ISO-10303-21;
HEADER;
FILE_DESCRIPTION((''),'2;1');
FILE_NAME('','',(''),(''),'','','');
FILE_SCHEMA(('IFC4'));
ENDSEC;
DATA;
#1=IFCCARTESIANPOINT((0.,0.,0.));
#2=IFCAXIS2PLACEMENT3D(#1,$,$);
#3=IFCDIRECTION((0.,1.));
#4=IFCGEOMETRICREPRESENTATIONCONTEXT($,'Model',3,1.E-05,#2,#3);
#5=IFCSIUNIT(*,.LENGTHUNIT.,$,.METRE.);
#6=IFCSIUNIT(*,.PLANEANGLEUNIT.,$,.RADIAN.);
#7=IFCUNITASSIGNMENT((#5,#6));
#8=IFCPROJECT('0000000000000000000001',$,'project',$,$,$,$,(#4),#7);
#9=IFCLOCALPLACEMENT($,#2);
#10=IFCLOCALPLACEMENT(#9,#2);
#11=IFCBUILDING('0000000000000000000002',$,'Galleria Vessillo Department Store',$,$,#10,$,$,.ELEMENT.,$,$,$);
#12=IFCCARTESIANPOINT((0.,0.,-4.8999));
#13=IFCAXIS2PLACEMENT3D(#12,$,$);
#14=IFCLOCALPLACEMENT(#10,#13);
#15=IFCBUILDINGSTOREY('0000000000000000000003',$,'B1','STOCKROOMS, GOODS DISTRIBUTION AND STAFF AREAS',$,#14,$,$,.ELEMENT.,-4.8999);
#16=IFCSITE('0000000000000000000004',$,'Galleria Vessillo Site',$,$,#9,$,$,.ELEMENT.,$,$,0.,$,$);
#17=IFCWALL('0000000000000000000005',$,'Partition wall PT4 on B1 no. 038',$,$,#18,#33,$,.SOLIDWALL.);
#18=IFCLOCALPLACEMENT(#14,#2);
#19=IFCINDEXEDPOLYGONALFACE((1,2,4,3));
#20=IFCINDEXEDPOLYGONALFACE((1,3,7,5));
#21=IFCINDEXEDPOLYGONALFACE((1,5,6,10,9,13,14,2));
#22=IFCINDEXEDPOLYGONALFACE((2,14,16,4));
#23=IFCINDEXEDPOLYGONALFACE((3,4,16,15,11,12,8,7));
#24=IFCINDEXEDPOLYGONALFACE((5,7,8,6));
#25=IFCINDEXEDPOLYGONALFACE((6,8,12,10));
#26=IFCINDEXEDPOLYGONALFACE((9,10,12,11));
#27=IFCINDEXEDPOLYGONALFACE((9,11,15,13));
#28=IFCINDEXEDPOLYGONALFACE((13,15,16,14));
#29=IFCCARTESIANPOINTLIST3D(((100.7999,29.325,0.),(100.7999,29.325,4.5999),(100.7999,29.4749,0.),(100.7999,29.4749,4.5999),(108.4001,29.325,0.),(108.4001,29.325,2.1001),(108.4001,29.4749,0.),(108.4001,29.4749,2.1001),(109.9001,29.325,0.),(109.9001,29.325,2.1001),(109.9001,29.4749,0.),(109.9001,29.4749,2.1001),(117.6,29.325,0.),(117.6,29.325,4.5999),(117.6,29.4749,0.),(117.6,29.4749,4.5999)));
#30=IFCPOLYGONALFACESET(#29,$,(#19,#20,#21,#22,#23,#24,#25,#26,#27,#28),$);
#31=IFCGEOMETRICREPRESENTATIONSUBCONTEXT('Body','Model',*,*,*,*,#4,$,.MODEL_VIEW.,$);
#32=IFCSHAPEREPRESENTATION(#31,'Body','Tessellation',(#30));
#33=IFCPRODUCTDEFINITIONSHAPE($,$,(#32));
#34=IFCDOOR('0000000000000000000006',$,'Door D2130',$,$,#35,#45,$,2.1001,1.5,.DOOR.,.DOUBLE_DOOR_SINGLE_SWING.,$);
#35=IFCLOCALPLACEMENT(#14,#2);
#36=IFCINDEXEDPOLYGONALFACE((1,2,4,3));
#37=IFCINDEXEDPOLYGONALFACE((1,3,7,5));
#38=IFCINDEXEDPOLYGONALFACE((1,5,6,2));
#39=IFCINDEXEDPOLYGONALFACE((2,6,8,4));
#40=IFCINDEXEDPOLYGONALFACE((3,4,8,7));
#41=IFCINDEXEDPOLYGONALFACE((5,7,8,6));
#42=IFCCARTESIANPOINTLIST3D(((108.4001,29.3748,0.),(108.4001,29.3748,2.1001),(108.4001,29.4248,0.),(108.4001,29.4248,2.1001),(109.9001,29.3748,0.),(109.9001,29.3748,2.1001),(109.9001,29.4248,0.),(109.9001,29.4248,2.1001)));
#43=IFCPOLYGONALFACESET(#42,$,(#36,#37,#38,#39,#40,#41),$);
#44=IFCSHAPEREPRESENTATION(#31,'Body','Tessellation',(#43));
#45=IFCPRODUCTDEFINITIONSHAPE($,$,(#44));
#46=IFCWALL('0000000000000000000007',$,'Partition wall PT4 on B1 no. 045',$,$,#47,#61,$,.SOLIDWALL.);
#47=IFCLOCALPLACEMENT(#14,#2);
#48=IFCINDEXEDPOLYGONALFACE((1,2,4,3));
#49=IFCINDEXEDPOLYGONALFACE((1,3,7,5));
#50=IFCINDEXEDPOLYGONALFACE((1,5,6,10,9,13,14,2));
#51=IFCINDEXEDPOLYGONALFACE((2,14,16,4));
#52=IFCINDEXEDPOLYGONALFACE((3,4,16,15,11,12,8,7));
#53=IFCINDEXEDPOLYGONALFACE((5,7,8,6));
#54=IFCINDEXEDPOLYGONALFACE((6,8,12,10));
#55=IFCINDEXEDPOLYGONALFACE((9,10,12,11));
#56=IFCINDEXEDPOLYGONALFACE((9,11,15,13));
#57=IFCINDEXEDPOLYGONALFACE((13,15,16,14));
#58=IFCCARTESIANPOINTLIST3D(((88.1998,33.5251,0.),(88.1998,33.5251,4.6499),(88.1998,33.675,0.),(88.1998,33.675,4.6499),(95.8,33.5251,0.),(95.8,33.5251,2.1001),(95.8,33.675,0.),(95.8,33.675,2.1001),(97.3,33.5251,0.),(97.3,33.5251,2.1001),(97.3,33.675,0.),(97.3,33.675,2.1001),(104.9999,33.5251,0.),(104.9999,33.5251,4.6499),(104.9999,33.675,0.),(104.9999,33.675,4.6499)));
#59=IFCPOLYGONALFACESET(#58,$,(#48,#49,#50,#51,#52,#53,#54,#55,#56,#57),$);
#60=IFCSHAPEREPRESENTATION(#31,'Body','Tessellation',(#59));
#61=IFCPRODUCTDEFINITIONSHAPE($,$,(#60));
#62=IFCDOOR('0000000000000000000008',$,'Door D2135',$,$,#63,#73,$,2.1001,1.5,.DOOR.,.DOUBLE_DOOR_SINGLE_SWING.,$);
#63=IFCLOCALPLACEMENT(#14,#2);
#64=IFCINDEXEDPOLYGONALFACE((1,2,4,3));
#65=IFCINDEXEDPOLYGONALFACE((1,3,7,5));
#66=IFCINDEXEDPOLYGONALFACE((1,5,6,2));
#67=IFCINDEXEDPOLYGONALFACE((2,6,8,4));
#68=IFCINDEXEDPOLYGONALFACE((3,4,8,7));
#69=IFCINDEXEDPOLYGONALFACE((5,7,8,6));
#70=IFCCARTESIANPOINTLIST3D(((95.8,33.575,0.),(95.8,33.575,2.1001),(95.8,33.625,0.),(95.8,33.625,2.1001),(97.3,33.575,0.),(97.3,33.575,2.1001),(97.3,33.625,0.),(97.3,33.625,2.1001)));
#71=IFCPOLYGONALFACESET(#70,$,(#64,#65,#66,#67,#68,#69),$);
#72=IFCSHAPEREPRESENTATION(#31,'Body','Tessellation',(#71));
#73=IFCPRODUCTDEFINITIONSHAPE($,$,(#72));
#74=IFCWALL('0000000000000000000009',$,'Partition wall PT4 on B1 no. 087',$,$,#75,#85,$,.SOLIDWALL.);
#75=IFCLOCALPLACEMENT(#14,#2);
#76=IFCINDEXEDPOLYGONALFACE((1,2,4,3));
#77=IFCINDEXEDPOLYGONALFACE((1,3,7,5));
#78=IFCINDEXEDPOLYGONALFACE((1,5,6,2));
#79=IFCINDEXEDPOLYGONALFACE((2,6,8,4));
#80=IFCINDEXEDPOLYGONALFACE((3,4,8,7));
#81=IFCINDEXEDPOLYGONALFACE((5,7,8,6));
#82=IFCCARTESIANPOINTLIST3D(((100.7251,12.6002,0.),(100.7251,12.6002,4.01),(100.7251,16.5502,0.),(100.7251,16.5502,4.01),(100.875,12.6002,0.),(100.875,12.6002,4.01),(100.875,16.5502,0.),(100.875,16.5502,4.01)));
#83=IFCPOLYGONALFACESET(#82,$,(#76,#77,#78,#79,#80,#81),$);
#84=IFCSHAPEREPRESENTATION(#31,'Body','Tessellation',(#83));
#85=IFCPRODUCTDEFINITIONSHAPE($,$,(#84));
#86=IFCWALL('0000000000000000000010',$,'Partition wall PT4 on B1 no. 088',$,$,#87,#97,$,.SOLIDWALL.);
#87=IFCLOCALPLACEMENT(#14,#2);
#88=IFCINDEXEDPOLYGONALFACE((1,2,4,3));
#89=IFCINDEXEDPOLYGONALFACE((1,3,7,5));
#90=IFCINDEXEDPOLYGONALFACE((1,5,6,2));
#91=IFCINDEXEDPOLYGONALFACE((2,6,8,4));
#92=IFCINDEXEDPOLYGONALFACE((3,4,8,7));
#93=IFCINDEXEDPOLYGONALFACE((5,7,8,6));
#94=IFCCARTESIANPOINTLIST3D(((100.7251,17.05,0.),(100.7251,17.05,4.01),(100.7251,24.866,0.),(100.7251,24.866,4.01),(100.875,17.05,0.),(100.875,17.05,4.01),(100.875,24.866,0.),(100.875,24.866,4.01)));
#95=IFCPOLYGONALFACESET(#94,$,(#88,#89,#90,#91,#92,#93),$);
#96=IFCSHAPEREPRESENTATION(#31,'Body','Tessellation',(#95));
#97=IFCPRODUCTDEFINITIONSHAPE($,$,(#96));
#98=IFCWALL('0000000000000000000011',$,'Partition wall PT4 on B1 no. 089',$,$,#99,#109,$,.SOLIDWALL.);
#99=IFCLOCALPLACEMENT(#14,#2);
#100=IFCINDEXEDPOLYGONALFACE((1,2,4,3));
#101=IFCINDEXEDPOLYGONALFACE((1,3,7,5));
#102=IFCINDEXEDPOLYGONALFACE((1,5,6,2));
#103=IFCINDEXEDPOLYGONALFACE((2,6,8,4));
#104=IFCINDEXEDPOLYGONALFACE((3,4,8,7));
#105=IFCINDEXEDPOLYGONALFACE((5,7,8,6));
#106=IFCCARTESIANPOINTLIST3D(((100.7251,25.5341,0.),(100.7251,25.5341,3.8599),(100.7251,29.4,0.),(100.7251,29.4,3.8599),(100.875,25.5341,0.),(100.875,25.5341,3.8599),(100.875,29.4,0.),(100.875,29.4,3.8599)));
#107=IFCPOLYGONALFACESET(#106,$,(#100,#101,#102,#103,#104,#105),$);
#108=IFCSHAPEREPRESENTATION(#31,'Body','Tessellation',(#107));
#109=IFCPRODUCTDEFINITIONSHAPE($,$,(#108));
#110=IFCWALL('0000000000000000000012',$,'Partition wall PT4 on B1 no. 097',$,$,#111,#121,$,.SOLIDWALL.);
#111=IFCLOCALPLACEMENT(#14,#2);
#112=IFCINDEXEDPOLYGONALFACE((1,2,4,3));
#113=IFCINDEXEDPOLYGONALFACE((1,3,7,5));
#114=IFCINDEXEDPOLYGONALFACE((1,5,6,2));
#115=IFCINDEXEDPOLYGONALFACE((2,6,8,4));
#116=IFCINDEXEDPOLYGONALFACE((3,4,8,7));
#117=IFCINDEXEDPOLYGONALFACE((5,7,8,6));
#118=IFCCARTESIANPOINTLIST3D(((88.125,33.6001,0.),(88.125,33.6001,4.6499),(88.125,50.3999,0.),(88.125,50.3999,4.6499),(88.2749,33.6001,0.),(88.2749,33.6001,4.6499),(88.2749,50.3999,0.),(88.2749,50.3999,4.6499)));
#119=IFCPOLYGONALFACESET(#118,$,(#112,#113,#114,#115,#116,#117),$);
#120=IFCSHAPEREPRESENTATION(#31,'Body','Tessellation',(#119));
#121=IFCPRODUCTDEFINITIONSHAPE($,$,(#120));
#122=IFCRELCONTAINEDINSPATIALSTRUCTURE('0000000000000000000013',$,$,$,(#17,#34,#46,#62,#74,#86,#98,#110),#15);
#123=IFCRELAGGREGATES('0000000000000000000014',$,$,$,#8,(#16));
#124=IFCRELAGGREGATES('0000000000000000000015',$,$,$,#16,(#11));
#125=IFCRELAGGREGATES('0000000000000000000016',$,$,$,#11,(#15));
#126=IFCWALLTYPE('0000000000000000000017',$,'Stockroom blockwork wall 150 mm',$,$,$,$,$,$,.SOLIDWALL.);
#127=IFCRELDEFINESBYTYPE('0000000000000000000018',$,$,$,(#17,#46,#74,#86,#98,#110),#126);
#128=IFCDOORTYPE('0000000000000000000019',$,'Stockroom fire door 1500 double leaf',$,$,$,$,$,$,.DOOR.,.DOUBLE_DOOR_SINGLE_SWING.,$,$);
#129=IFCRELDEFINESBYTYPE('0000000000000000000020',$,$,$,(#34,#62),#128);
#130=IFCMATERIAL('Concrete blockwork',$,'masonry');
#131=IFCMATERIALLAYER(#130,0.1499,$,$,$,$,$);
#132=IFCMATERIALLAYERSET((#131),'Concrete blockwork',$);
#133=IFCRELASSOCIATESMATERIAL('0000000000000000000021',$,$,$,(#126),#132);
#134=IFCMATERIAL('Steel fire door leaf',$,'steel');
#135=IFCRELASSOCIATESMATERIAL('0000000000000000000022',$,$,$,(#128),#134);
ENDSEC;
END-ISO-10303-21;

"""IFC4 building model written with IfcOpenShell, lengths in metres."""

from ifc_helpers import new_model, si_unit, direction, frame, frame_2d, origin, place, context, subcontext, project, spatial, rectangle, extrude, material, layer, layer_set, type_object, element, fill, save


model = new_model("IFC4")

# Units and contexts
model_context = context("Model", 3, precision=1e-05, world=origin(), true_north=direction((0.0, 1.0)))
body_context = subcontext(model_context, "Body", "Model", "MODEL_VIEW")
ifc_project = project(units=[si_unit("LENGTHUNIT", "METRE"), si_unit("PLANEANGLEUNIT", "RADIAN")], contexts=[model_context])

# Site, building, storey
site_placement = place(None, origin())
site = spatial("IfcSite", under=ifc_project, at=site_placement, Name="Galleria Vessillo Site", CompositionType="ELEMENT", RefElevation=0.0)
building_placement = place(site_placement, origin())
building = spatial("IfcBuilding", under=site, at=building_placement, Name="Galleria Vessillo Department Store", CompositionType="ELEMENT")
storey_placement = place(building_placement, frame((0.0, 0.0, -4.8999)))
storey = spatial("IfcBuildingStorey", under=building, at=storey_placement, Name="B1", Description="STOCKROOMS, GOODS DISTRIBUTION AND STAFF AREAS", CompositionType="ELEMENT", Elevation=-4.8999)

# Walls, openings, doors
ifc_material_1 = material(Name="Concrete blockwork", Category="masonry")
ifc_layer = layer(ifc_material_1, 0.1499)
ifc_layer_set = layer_set([ifc_layer], Name="Concrete blockwork")
wall_type = type_object("IfcWallType", Name="Stockroom blockwork wall 150 mm", PredefinedType="SOLIDWALL", material=ifc_layer_set)
ifc_material_2 = material(Name="Steel fire door leaf", Category="steel")
door_type = type_object("IfcDoorType", Name="Stockroom fire door 1500 double leaf", OperationType="DOUBLE_DOOR_SINGLE_SWING", PredefinedType="DOOR", material=ifc_material_2)
wall_1_placement = place(storey_placement, frame((100.8, 29.3999, 0.0), z_axis=(0.0, 0.0, 1.0), x_axis=(1.0, 0.0, 0.0)))
wall_1 = element("IfcWall", 1, at=wall_1_placement, inside=storey, type_object=wall_type, Name="Partition wall PT4 on B1 no. 038", PredefinedType="SOLIDWALL", context=body_context, shape_type="SweptSolid", body=[
    extrude(rectangle(XDim=16.8, YDim=0.1499, at=frame_2d((8.3999, 0.0))), origin(), (0.0, 0.0, 1.0), 4.5999),
])
opening_1_placement = place(wall_1_placement, frame((7.6001, 0.0, 0.0)))
opening_1 = element("IfcOpeningElement", 2, at=opening_1_placement, cuts=wall_1, PredefinedType="OPENING", context=body_context, shape_type="SweptSolid", body=[
    extrude(rectangle(XDim=1.5, YDim=2.1001, at=frame_2d((0.75, 1.05))), frame((0.0, 0.085, 0.0), z_axis=(0.0, -1.0, 0.0), x_axis=(1.0, 0.0, 0.0)), (0.0, 0.0, 1.0), 0.1699),
])
door_1_placement = place(opening_1_placement, origin())
door_1 = element("IfcDoor", 3, at=door_1_placement, inside=storey, type_object=door_type, Name="Door D2130", OperationType="DOUBLE_DOOR_SINGLE_SWING", OverallHeight=2.1001, OverallWidth=1.5, PredefinedType="DOOR", context=body_context, shape_type="SweptSolid", body=[
    extrude(rectangle(XDim=1.5, YDim=2.1001, at=frame_2d((0.75, 1.05))), frame((0.0, 0.0249, 0.0), z_axis=(0.0, -1.0, 0.0), x_axis=(1.0, 0.0, 0.0)), (0.0, 0.0, 1.0), 0.05),
])
fill(opening_1, door_1)
wall_2_placement = place(storey_placement, frame((88.2, 33.6001, 0.0), z_axis=(0.0, 0.0, 1.0), x_axis=(1.0, 0.0, 0.0)))
wall_2 = element("IfcWall", 4, at=wall_2_placement, inside=storey, type_object=wall_type, Name="Partition wall PT4 on B1 no. 045", PredefinedType="SOLIDWALL", context=body_context, shape_type="SweptSolid", body=[
    extrude(rectangle(XDim=16.8, YDim=0.1499, at=frame_2d((8.3999, 0.0))), origin(), (0.0, 0.0, 1.0), 4.6499),
])
opening_2_placement = place(wall_2_placement, frame((7.6001, 0.0, 0.0)))
opening_2 = element("IfcOpeningElement", 5, at=opening_2_placement, cuts=wall_2, PredefinedType="OPENING", context=body_context, shape_type="SweptSolid", body=[
    extrude(rectangle(XDim=1.5, YDim=2.1001, at=frame_2d((0.75, 1.05))), frame((0.0, 0.085, 0.0), z_axis=(0.0, -1.0, 0.0), x_axis=(1.0, 0.0, 0.0)), (0.0, 0.0, 1.0), 0.1699),
])
door_2_placement = place(opening_2_placement, origin())
door_2 = element("IfcDoor", 6, at=door_2_placement, inside=storey, type_object=door_type, Name="Door D2135", OperationType="DOUBLE_DOOR_SINGLE_SWING", OverallHeight=2.1001, OverallWidth=1.5, PredefinedType="DOOR", context=body_context, shape_type="SweptSolid", body=[
    extrude(rectangle(XDim=1.5, YDim=2.1001, at=frame_2d((0.75, 1.05))), frame((0.0, 0.0249, 0.0), z_axis=(0.0, -1.0, 0.0), x_axis=(1.0, 0.0, 0.0)), (0.0, 0.0, 1.0), 0.05),
])
fill(opening_2, door_2)

# Walls
wall_3_placement = place(storey_placement, frame((100.8, 12.6001, 0.0), z_axis=(0.0, 0.0, 1.0), x_axis=(0.0, 1.0, 0.0)))
element("IfcWall", 7, at=wall_3_placement, inside=storey, type_object=wall_type, Name="Partition wall PT4 on B1 no. 087", PredefinedType="SOLIDWALL", context=body_context, shape_type="SweptSolid", body=[
    extrude(rectangle(XDim=3.95, YDim=0.1499, at=frame_2d((1.9751, 0.0))), origin(), (0.0, 0.0, 1.0), 4.01),
])
wall_4_placement = place(storey_placement, frame((100.8, 17.05, 0.0), z_axis=(0.0, 0.0, 1.0), x_axis=(0.0, 1.0, 0.0)))
element("IfcWall", 8, at=wall_4_placement, inside=storey, type_object=wall_type, Name="Partition wall PT4 on B1 no. 088", PredefinedType="SOLIDWALL", context=body_context, shape_type="SweptSolid", body=[
    extrude(rectangle(XDim=7.8159, YDim=0.1499, at=frame_2d((3.908, 0.0))), origin(), (0.0, 0.0, 1.0), 4.01),
])
wall_5_placement = place(storey_placement, frame((100.8, 25.5339, 0.0), z_axis=(0.0, 0.0, 1.0), x_axis=(0.0, 1.0, 0.0)))
element("IfcWall", 9, at=wall_5_placement, inside=storey, type_object=wall_type, Name="Partition wall PT4 on B1 no. 089", PredefinedType="SOLIDWALL", context=body_context, shape_type="SweptSolid", body=[
    extrude(rectangle(XDim=3.866, YDim=0.1499, at=frame_2d((1.9331, 0.0))), origin(), (0.0, 0.0, 1.0), 3.8599),
])
wall_6_placement = place(storey_placement, frame((88.2, 33.6001, 0.0), z_axis=(0.0, 0.0, 1.0), x_axis=(0.0, 1.0, 0.0)))
element("IfcWall", 10, at=wall_6_placement, inside=storey, type_object=wall_type, Name="Partition wall PT4 on B1 no. 097", PredefinedType="SOLIDWALL", context=body_context, shape_type="SweptSolid", body=[
    extrude(rectangle(XDim=16.7998, YDim=0.1499, at=frame_2d((8.3999, 0.0))), origin(), (0.0, 0.0, 1.0), 4.6499),
])

save(model, "model.ifc")
